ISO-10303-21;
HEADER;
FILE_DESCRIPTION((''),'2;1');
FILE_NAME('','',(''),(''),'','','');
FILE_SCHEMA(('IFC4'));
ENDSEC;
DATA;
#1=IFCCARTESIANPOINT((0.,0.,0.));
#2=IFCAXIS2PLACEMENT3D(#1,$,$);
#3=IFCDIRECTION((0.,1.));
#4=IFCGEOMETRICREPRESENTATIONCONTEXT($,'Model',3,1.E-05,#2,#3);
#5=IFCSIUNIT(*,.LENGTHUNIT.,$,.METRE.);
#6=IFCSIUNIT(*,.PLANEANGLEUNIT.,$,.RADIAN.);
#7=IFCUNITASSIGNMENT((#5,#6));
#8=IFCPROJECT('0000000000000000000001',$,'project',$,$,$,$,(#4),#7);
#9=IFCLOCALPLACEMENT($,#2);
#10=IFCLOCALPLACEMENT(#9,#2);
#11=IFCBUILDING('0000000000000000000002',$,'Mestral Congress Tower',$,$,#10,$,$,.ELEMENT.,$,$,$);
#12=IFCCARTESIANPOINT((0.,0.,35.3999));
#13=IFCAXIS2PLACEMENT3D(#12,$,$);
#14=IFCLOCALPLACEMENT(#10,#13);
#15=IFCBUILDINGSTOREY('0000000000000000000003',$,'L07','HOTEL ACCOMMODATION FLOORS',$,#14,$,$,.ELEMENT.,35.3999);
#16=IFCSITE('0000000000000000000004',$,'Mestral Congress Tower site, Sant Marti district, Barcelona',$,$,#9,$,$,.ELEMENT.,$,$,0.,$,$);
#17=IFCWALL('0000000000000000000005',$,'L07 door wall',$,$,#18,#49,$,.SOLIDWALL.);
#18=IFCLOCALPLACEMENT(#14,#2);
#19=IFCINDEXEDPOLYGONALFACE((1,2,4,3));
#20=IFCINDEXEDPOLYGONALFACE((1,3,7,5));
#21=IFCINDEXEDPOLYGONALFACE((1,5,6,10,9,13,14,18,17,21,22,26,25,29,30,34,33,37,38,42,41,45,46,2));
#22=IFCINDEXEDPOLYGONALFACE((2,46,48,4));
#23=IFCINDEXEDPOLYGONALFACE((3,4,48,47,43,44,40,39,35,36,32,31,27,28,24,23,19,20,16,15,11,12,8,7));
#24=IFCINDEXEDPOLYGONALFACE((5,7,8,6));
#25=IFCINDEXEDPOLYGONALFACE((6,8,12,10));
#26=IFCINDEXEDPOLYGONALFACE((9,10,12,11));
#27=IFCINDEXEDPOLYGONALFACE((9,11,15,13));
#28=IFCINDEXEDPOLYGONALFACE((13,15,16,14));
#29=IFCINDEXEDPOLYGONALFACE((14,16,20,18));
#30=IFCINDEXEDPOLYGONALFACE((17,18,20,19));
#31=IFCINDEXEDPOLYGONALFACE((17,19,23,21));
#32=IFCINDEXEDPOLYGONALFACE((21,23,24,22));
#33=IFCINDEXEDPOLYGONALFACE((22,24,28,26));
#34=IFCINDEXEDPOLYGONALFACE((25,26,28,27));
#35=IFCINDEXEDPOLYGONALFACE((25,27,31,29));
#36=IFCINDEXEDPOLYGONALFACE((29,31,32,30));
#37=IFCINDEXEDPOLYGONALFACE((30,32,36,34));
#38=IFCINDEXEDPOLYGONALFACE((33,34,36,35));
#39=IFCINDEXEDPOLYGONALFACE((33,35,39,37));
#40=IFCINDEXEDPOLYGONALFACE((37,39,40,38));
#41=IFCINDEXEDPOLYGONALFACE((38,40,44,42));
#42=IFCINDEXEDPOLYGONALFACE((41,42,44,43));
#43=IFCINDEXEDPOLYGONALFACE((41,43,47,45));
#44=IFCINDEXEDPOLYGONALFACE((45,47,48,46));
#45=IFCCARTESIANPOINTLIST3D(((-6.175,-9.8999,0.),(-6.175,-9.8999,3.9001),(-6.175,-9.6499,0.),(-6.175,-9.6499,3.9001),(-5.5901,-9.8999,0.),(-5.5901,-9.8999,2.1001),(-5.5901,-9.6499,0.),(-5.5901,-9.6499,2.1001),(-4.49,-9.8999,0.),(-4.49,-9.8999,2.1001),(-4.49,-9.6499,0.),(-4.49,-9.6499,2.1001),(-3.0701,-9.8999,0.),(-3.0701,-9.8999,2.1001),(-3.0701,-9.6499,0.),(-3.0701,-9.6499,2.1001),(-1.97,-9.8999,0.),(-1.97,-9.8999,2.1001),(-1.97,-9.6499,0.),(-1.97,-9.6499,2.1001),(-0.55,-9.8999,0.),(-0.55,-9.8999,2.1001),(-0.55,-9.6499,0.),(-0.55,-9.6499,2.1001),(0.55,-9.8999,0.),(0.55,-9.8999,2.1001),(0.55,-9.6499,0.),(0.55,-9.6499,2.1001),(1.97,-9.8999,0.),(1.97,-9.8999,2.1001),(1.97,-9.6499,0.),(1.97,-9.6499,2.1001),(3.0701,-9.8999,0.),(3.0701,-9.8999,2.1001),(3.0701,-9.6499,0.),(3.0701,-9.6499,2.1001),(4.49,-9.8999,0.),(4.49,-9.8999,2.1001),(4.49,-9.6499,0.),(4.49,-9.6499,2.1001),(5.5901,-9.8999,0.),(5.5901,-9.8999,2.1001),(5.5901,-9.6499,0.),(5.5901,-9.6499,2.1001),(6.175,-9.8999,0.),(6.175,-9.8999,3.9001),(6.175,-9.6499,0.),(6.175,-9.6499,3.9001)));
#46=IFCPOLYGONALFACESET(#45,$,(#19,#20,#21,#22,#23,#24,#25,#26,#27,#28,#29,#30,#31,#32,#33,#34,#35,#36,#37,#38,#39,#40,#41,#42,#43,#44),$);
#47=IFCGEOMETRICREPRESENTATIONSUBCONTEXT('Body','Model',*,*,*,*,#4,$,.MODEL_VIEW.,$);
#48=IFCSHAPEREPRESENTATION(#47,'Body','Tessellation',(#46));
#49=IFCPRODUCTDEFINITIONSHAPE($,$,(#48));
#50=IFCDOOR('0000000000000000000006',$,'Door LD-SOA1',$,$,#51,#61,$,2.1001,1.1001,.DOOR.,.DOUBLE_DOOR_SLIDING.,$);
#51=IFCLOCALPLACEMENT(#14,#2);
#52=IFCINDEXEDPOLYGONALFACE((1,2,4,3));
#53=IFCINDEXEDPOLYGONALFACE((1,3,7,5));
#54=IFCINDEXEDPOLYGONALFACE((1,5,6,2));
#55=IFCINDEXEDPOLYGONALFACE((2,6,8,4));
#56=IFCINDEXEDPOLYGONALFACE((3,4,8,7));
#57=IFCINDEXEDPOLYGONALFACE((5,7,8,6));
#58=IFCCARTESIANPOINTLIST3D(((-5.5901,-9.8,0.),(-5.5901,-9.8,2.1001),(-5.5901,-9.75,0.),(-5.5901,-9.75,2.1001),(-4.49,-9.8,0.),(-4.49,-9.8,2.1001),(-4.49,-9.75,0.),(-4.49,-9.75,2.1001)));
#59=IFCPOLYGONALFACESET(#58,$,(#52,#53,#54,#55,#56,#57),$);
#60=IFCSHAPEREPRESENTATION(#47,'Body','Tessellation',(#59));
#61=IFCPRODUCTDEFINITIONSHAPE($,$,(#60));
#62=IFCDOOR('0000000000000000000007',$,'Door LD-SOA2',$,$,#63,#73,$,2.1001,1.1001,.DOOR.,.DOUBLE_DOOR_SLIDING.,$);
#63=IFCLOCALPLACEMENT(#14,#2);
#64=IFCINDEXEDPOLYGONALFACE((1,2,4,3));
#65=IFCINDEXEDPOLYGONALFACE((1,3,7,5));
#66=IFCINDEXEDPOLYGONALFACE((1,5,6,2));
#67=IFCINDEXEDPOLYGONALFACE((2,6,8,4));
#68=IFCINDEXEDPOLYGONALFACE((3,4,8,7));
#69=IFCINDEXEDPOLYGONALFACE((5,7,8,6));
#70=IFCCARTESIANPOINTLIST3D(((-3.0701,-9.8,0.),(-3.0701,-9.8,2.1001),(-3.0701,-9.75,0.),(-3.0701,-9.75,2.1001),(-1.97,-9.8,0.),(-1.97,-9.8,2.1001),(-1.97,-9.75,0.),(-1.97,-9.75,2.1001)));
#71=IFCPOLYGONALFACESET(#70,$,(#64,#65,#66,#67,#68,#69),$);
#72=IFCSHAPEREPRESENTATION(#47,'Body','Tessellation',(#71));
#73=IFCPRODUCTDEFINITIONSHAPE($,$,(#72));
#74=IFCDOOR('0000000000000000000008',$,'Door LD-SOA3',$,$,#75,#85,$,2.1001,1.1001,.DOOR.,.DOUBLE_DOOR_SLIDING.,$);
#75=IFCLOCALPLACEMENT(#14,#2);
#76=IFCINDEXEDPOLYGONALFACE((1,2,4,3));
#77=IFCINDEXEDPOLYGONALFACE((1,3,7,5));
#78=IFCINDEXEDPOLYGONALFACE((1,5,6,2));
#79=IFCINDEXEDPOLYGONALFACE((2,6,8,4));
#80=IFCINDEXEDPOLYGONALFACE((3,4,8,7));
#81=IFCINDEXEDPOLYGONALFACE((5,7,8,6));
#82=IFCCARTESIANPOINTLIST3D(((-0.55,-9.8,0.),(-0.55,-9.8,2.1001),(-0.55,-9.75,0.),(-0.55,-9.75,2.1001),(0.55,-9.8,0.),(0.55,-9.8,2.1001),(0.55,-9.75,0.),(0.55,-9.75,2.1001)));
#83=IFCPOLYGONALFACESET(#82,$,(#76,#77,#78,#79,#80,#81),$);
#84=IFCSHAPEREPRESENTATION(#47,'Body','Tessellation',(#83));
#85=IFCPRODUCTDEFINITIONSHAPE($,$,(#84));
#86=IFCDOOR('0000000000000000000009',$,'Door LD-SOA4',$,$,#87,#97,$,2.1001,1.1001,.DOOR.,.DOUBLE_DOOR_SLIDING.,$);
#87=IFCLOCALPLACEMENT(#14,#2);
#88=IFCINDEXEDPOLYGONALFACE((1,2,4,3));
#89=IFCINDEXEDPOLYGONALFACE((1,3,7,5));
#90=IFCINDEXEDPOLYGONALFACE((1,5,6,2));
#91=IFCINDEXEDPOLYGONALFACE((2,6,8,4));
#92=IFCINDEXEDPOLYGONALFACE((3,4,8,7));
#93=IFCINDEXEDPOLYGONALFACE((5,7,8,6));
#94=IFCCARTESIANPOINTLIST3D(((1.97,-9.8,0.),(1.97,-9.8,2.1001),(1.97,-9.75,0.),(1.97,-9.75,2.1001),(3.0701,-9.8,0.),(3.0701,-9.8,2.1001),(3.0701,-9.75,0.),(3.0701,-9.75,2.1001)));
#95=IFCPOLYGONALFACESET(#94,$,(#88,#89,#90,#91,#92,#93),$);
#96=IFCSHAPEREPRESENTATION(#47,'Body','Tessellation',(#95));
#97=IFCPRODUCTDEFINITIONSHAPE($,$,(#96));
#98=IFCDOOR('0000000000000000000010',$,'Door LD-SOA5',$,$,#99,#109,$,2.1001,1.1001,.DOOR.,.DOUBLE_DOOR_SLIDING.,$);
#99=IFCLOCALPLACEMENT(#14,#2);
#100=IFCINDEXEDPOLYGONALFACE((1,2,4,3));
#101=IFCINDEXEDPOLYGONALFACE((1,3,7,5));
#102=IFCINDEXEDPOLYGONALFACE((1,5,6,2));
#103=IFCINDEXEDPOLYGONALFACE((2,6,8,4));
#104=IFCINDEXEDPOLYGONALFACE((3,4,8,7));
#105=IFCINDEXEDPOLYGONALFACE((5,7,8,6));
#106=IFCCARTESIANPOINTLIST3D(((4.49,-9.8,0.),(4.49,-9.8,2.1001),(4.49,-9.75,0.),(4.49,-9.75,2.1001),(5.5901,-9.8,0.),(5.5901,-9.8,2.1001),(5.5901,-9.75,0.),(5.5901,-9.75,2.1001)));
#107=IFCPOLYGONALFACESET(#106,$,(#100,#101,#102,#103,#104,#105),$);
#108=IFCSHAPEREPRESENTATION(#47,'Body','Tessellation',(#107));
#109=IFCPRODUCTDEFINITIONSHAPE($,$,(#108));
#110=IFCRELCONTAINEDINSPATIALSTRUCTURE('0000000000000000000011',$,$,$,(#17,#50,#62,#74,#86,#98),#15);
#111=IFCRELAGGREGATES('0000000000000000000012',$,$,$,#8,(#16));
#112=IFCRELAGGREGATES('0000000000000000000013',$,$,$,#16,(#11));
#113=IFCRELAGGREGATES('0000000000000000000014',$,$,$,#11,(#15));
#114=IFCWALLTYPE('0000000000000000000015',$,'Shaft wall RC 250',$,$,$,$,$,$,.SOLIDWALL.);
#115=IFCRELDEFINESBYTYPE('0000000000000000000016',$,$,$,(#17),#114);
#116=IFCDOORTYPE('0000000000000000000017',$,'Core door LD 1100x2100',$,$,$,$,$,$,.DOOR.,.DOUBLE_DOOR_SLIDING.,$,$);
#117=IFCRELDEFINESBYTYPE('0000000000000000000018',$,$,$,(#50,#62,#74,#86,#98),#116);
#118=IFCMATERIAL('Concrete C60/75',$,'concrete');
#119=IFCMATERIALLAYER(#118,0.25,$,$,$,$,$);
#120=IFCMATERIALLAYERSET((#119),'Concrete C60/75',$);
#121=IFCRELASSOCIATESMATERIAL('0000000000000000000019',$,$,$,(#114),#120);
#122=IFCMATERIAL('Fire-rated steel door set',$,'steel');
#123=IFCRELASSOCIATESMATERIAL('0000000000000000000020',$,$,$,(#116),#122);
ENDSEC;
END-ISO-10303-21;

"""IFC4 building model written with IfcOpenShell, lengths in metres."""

from ifc_helpers import new_model, si_unit, direction, frame, frame_2d, origin, place, context, subcontext, project, spatial, rectangle, extrude, material, layer, layer_set, type_object, element, fill, save


model = new_model("IFC4")

# Units and contexts
model_context = context("Model", 3, precision=1e-05, world=origin(), true_north=direction((0.0, 1.0)))
body_context = subcontext(model_context, "Body", "Model", "MODEL_VIEW")
ifc_project = project(units=[si_unit("LENGTHUNIT", "METRE"), si_unit("PLANEANGLEUNIT", "RADIAN")], contexts=[model_context])

# Site, building, storey
site_placement = place(None, origin())
site = spatial("IfcSite", under=ifc_project, at=site_placement, Name="Mestral Congress Tower site, Sant Marti district, Barcelona", CompositionType="ELEMENT", RefElevation=0.0)
building_placement = place(site_placement, origin())
building = spatial("IfcBuilding", under=site, at=building_placement, Name="Mestral Congress Tower", CompositionType="ELEMENT")
storey_placement = place(building_placement, frame((0.0, 0.0, 35.3999)))
storey = spatial("IfcBuildingStorey", under=building, at=storey_placement, Name="L07", Description="HOTEL ACCOMMODATION FLOORS", CompositionType="ELEMENT", Elevation=35.3999)

# Shared definitions
ifc_material_1 = material(Name="Fire-rated steel door set", Category="steel")

# Shared definitions
ifc_material_2 = material(Name="Concrete C60/75", Category="concrete")
ifc_layer_1 = layer(ifc_material_2, 0.25)
ifc_layer_set_1 = layer_set([ifc_layer_1], Name="Concrete C60/75")
wall_type_1 = type_object("IfcWallType", Name="Shaft wall RC 250", PredefinedType="SOLIDWALL", material=ifc_layer_set_1)

# Wall, openings, doors
wall_1_placement = place(storey_placement, frame((-6.175, -9.7749, 0.0), z_axis=(0.0, 0.0, 1.0), x_axis=(1.0, 0.0, 0.0)))
wall_1 = element("IfcWall", 1, at=wall_1_placement, inside=storey, type_object=wall_type_1, Name="L07 door wall", PredefinedType="SOLIDWALL", context=body_context, shape_type="SweptSolid", body=[
    extrude(rectangle(XDim=12.3501, YDim=0.25, at=frame_2d((6.175, 0.0))), origin(), (0.0, 0.0, 1.0), 3.9001),
])
opening_1_placement = place(wall_1_placement, frame((0.585, 0.0, 0.0)))
opening_1 = element("IfcOpeningElement", 2, at=opening_1_placement, cuts=wall_1, PredefinedType="OPENING", context=body_context, shape_type="SweptSolid", body=[
    extrude(rectangle(XDim=1.1001, YDim=2.1001, at=frame_2d((0.55, 1.05))), frame((0.0, 0.135, 0.0), z_axis=(0.0, -1.0, 0.0), x_axis=(1.0, 0.0, 0.0)), (0.0, 0.0, 1.0), 0.27),
])
opening_2_placement = place(wall_1_placement, frame((3.105, 0.0, 0.0)))
opening_2 = element("IfcOpeningElement", 3, at=opening_2_placement, cuts=wall_1, PredefinedType="OPENING", context=body_context, shape_type="SweptSolid", body=[
    extrude(rectangle(XDim=1.1001, YDim=2.1001, at=frame_2d((0.55, 1.05))), frame((0.0, 0.135, 0.0), z_axis=(0.0, -1.0, 0.0), x_axis=(1.0, 0.0, 0.0)), (0.0, 0.0, 1.0), 0.27),
])
opening_3_placement = place(wall_1_placement, frame((5.625, 0.0, 0.0)))
opening_3 = element("IfcOpeningElement", 4, at=opening_3_placement, cuts=wall_1, PredefinedType="OPENING", context=body_context, shape_type="SweptSolid", body=[
    extrude(rectangle(XDim=1.1001, YDim=2.1001, at=frame_2d((0.55, 1.05))), frame((0.0, 0.135, 0.0), z_axis=(0.0, -1.0, 0.0), x_axis=(1.0, 0.0, 0.0)), (0.0, 0.0, 1.0), 0.27),
])
opening_4_placement = place(wall_1_placement, frame((8.145, 0.0, 0.0)))
opening_4 = element("IfcOpeningElement", 5, at=opening_4_placement, cuts=wall_1, PredefinedType="OPENING", context=body_context, shape_type="SweptSolid", body=[
    extrude(rectangle(XDim=1.1001, YDim=2.1001, at=frame_2d((0.55, 1.05))), frame((0.0, 0.135, 0.0), z_axis=(0.0, -1.0, 0.0), x_axis=(1.0, 0.0, 0.0)), (0.0, 0.0, 1.0), 0.27),
])
opening_5_placement = place(wall_1_placement, frame((10.665, 0.0, 0.0)))
opening_5 = element("IfcOpeningElement", 6, at=opening_5_placement, cuts=wall_1, PredefinedType="OPENING", context=body_context, shape_type="SweptSolid", body=[
    extrude(rectangle(XDim=1.1001, YDim=2.1001, at=frame_2d((0.55, 1.05))), frame((0.0, 0.135, 0.0), z_axis=(0.0, -1.0, 0.0), x_axis=(1.0, 0.0, 0.0)), (0.0, 0.0, 1.0), 0.27),
])
door_type_1 = type_object("IfcDoorType", Name="Core door LD 1100x2100", OperationType="DOUBLE_DOOR_SLIDING", PredefinedType="DOOR", material=ifc_material_1)
door_1_placement = place(opening_1_placement, origin())
door_1 = element("IfcDoor", 7, at=door_1_placement, inside=storey, type_object=door_type_1, Name="Door LD-SOA1", OperationType="DOUBLE_DOOR_SLIDING", OverallHeight=2.1001, OverallWidth=1.1001, PredefinedType="DOOR", context=body_context, shape_type="SweptSolid", body=[
    extrude(rectangle(XDim=1.1001, YDim=2.1001, at=frame_2d((0.55, 1.05))), frame((0.0, 0.0249, 0.0), z_axis=(0.0, -1.0, 0.0), x_axis=(1.0, 0.0, 0.0)), (0.0, 0.0, 1.0), 0.05),
])
fill(opening_1, door_1)
door_2_placement = place(opening_2_placement, origin())
door_2 = element("IfcDoor", 8, at=door_2_placement, inside=storey, type_object=door_type_1, Name="Door LD-SOA2", OperationType="DOUBLE_DOOR_SLIDING", OverallHeight=2.1001, OverallWidth=1.1001, PredefinedType="DOOR", context=body_context, shape_type="SweptSolid", body=[
    extrude(rectangle(XDim=1.1001, YDim=2.1001, at=frame_2d((0.55, 1.05))), frame((0.0, 0.0249, 0.0), z_axis=(0.0, -1.0, 0.0), x_axis=(1.0, 0.0, 0.0)), (0.0, 0.0, 1.0), 0.05),
])
fill(opening_2, door_2)
door_3_placement = place(opening_3_placement, origin())
door_3 = element("IfcDoor", 9, at=door_3_placement, inside=storey, type_object=door_type_1, Name="Door LD-SOA3", OperationType="DOUBLE_DOOR_SLIDING", OverallHeight=2.1001, OverallWidth=1.1001, PredefinedType="DOOR", context=body_context, shape_type="SweptSolid", body=[
    extrude(rectangle(XDim=1.1001, YDim=2.1001, at=frame_2d((0.55, 1.05))), frame((0.0, 0.0249, 0.0), z_axis=(0.0, -1.0, 0.0), x_axis=(1.0, 0.0, 0.0)), (0.0, 0.0, 1.0), 0.05),
])
fill(opening_3, door_3)
door_4_placement = place(opening_4_placement, origin())
door_4 = element("IfcDoor", 10, at=door_4_placement, inside=storey, type_object=door_type_1, Name="Door LD-SOA4", OperationType="DOUBLE_DOOR_SLIDING", OverallHeight=2.1001, OverallWidth=1.1001, PredefinedType="DOOR", context=body_context, shape_type="SweptSolid", body=[
    extrude(rectangle(XDim=1.1001, YDim=2.1001, at=frame_2d((0.55, 1.05))), frame((0.0, 0.0249, 0.0), z_axis=(0.0, -1.0, 0.0), x_axis=(1.0, 0.0, 0.0)), (0.0, 0.0, 1.0), 0.05),
])
fill(opening_4, door_4)
door_5_placement = place(opening_5_placement, origin())
door_5 = element("IfcDoor", 11, at=door_5_placement, inside=storey, type_object=door_type_1, Name="Door LD-SOA5", OperationType="DOUBLE_DOOR_SLIDING", OverallHeight=2.1001, OverallWidth=1.1001, PredefinedType="DOOR", context=body_context, shape_type="SweptSolid", body=[
    extrude(rectangle(XDim=1.1001, YDim=2.1001, at=frame_2d((0.55, 1.05))), frame((0.0, 0.0249, 0.0), z_axis=(0.0, -1.0, 0.0), x_axis=(1.0, 0.0, 0.0)), (0.0, 0.0, 1.0), 0.05),
])
fill(opening_5, door_5)

save(model, "model.ifc")
